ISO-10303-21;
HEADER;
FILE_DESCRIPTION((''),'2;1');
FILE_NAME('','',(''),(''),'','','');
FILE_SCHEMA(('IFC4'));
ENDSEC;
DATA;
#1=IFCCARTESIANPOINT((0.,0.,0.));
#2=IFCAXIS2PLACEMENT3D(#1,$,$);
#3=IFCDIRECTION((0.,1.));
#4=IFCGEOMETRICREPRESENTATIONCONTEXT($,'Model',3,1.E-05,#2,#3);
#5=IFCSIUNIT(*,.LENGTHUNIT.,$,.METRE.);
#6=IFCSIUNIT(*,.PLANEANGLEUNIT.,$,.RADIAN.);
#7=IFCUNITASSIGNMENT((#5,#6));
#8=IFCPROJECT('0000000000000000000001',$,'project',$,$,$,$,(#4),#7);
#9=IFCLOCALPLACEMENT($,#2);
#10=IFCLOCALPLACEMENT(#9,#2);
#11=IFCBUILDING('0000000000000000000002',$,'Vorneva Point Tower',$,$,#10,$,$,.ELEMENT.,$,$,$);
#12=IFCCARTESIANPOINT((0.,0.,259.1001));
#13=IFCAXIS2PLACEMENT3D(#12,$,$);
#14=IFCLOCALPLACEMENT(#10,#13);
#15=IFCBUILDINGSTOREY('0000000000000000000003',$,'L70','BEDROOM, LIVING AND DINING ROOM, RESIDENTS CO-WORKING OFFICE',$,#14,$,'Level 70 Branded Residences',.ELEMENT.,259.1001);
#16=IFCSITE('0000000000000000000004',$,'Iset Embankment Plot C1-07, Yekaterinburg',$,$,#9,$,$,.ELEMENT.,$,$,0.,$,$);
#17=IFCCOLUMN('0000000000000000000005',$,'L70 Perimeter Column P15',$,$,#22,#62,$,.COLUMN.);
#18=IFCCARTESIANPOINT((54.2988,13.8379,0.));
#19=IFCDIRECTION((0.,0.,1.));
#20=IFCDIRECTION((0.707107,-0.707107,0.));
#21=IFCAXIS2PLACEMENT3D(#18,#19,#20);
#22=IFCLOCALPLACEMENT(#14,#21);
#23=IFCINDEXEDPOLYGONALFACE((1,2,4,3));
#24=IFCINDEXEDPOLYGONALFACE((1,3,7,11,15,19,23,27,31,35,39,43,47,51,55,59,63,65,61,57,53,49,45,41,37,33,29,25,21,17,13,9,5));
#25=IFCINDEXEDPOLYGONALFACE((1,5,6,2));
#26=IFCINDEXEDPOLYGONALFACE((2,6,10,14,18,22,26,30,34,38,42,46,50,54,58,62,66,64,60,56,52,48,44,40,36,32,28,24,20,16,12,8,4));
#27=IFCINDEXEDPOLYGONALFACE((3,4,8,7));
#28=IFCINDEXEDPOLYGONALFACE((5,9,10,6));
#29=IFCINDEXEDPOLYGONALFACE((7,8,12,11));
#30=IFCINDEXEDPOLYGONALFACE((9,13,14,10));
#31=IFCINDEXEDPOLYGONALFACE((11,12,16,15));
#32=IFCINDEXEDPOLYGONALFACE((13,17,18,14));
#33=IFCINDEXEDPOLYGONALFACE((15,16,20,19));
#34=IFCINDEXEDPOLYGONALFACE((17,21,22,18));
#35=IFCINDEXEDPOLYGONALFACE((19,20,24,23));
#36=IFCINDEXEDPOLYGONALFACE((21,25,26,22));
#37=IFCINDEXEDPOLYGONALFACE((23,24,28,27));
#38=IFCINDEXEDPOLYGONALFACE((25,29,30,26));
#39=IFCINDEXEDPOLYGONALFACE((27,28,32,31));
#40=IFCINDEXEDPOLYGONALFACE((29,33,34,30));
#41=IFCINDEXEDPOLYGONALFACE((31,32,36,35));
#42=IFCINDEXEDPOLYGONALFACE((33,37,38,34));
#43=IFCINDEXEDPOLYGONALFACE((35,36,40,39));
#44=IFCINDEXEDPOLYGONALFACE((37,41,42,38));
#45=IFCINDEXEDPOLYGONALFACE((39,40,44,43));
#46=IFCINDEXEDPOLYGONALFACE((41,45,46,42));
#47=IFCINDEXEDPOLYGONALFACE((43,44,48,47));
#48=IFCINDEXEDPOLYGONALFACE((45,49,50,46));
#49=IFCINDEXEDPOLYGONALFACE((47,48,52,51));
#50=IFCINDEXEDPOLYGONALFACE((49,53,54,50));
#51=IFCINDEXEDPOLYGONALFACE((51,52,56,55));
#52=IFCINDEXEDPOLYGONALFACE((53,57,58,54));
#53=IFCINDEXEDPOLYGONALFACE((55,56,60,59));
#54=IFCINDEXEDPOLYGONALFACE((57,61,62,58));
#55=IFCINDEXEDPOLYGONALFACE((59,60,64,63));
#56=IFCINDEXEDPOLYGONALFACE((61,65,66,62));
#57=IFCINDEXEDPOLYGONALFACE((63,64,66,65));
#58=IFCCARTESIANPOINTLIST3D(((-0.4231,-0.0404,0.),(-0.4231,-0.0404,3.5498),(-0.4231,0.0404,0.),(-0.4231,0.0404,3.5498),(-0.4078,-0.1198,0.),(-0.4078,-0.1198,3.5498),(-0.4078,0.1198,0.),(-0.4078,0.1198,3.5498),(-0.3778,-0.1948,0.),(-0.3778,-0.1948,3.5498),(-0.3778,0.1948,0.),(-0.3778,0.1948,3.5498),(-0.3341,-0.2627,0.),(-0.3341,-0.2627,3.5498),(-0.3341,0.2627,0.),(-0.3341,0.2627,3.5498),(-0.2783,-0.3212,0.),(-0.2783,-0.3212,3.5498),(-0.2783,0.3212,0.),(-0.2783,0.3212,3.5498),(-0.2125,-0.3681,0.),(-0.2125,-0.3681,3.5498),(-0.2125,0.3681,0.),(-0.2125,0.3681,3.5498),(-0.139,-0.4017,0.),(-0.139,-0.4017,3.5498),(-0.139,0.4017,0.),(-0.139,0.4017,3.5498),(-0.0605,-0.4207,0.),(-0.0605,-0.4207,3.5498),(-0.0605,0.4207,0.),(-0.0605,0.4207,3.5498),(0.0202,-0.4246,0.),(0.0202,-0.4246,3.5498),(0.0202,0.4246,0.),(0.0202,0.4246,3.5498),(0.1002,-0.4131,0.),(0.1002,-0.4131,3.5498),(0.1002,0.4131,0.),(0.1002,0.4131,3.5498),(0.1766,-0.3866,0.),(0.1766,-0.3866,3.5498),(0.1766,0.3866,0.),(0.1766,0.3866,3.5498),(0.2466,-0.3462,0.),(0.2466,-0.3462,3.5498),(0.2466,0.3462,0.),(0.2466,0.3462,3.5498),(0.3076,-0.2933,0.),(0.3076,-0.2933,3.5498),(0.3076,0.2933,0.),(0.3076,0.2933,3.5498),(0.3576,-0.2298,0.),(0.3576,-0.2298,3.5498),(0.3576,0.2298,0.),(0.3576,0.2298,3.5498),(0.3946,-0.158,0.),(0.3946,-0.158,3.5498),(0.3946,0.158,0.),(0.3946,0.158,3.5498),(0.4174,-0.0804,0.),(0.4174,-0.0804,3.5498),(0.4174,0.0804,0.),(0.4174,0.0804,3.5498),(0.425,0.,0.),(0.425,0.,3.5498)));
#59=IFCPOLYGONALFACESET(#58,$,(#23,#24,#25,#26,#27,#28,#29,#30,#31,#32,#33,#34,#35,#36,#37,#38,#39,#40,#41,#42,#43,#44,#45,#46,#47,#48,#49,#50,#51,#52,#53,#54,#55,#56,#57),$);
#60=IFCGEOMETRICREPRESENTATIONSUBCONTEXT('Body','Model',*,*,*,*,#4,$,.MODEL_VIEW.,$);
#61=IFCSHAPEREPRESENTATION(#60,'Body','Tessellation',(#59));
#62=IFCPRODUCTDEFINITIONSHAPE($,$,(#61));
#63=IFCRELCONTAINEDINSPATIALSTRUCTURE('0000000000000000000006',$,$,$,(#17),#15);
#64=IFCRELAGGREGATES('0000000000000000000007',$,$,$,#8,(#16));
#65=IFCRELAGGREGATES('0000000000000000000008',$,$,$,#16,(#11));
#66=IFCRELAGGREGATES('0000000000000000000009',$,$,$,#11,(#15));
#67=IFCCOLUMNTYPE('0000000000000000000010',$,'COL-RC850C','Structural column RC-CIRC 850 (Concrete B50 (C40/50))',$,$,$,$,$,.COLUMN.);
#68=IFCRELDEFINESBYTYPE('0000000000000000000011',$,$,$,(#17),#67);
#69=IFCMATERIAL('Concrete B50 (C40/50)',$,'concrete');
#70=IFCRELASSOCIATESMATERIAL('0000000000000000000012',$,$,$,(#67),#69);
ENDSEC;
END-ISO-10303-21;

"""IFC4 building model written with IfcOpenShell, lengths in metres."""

from ifc_helpers import new_model, si_unit, direction, frame, origin, origin_2d, place, context, subcontext, project, spatial, circle, extrude, material, material_profile, profile_set, type_object, element, save


model = new_model("IFC4")

# Units and contexts
model_context = context("Model", 3, precision=1e-05, world=origin(), true_north=direction((0.0, 1.0)))
body_context = subcontext(model_context, "Body", "Model", "MODEL_VIEW")
ifc_project = project(units=[si_unit("LENGTHUNIT", "METRE"), si_unit("PLANEANGLEUNIT", "RADIAN")], contexts=[model_context])

# Site, building, storey
site_placement = place(None, origin())
site = spatial("IfcSite", under=ifc_project, at=site_placement, Name="Iset Embankment Plot C1-07, Yekaterinburg", CompositionType="ELEMENT", RefElevation=0.0)
building_placement = place(site_placement, origin())
building = spatial("IfcBuilding", under=site, at=building_placement, Name="Vorneva Point Tower", CompositionType="ELEMENT")
storey_placement = place(building_placement, frame((0.0, 0.0, 259.1001)))
storey = spatial("IfcBuildingStorey", under=building, at=storey_placement, Name="L70", Description="BEDROOM, LIVING AND DINING ROOM, RESIDENTS CO-WORKING OFFICE", LongName="Level 70 Branded Residences", CompositionType="ELEMENT", Elevation=259.1001)

# Column
ifc_material_1 = material(Name="Concrete B50 (C40/50)", Category="concrete")
ifc_material_profile_1 = material_profile(ifc_material_1, circle(Radius=0.425, at=origin_2d()), Name="RC-CIRC 850")
ifc_profile_set_1 = profile_set([ifc_material_profile_1], Name="Concrete B50 (C40/50)")
column_type = type_object("IfcColumnType", Name="COL-RC850C", Description="Structural column RC-CIRC 850 (Concrete B50 (C40/50))", PredefinedType="COLUMN", material=ifc_profile_set_1)
for number, where, z_axis, x_axis, name in (
    (1, (54.2988, 13.8379, 0.0), (0.0, 0.0, 1.0), (0.707107, -0.707107, 0.0), "L70 Perimeter Column P15"),
):
    element("IfcColumn", number, at=place(storey_placement, frame(where, z_axis=z_axis, x_axis=x_axis)), inside=storey, type_object=column_type, Name=name, PredefinedType="COLUMN", context=body_context, shape_type="SweptSolid", body=[
        extrude(circle(Radius=0.425, at=origin_2d()), origin(), (0.0, 0.0, 1.0), 3.5498),
    ])

save(model, "model.ifc")
